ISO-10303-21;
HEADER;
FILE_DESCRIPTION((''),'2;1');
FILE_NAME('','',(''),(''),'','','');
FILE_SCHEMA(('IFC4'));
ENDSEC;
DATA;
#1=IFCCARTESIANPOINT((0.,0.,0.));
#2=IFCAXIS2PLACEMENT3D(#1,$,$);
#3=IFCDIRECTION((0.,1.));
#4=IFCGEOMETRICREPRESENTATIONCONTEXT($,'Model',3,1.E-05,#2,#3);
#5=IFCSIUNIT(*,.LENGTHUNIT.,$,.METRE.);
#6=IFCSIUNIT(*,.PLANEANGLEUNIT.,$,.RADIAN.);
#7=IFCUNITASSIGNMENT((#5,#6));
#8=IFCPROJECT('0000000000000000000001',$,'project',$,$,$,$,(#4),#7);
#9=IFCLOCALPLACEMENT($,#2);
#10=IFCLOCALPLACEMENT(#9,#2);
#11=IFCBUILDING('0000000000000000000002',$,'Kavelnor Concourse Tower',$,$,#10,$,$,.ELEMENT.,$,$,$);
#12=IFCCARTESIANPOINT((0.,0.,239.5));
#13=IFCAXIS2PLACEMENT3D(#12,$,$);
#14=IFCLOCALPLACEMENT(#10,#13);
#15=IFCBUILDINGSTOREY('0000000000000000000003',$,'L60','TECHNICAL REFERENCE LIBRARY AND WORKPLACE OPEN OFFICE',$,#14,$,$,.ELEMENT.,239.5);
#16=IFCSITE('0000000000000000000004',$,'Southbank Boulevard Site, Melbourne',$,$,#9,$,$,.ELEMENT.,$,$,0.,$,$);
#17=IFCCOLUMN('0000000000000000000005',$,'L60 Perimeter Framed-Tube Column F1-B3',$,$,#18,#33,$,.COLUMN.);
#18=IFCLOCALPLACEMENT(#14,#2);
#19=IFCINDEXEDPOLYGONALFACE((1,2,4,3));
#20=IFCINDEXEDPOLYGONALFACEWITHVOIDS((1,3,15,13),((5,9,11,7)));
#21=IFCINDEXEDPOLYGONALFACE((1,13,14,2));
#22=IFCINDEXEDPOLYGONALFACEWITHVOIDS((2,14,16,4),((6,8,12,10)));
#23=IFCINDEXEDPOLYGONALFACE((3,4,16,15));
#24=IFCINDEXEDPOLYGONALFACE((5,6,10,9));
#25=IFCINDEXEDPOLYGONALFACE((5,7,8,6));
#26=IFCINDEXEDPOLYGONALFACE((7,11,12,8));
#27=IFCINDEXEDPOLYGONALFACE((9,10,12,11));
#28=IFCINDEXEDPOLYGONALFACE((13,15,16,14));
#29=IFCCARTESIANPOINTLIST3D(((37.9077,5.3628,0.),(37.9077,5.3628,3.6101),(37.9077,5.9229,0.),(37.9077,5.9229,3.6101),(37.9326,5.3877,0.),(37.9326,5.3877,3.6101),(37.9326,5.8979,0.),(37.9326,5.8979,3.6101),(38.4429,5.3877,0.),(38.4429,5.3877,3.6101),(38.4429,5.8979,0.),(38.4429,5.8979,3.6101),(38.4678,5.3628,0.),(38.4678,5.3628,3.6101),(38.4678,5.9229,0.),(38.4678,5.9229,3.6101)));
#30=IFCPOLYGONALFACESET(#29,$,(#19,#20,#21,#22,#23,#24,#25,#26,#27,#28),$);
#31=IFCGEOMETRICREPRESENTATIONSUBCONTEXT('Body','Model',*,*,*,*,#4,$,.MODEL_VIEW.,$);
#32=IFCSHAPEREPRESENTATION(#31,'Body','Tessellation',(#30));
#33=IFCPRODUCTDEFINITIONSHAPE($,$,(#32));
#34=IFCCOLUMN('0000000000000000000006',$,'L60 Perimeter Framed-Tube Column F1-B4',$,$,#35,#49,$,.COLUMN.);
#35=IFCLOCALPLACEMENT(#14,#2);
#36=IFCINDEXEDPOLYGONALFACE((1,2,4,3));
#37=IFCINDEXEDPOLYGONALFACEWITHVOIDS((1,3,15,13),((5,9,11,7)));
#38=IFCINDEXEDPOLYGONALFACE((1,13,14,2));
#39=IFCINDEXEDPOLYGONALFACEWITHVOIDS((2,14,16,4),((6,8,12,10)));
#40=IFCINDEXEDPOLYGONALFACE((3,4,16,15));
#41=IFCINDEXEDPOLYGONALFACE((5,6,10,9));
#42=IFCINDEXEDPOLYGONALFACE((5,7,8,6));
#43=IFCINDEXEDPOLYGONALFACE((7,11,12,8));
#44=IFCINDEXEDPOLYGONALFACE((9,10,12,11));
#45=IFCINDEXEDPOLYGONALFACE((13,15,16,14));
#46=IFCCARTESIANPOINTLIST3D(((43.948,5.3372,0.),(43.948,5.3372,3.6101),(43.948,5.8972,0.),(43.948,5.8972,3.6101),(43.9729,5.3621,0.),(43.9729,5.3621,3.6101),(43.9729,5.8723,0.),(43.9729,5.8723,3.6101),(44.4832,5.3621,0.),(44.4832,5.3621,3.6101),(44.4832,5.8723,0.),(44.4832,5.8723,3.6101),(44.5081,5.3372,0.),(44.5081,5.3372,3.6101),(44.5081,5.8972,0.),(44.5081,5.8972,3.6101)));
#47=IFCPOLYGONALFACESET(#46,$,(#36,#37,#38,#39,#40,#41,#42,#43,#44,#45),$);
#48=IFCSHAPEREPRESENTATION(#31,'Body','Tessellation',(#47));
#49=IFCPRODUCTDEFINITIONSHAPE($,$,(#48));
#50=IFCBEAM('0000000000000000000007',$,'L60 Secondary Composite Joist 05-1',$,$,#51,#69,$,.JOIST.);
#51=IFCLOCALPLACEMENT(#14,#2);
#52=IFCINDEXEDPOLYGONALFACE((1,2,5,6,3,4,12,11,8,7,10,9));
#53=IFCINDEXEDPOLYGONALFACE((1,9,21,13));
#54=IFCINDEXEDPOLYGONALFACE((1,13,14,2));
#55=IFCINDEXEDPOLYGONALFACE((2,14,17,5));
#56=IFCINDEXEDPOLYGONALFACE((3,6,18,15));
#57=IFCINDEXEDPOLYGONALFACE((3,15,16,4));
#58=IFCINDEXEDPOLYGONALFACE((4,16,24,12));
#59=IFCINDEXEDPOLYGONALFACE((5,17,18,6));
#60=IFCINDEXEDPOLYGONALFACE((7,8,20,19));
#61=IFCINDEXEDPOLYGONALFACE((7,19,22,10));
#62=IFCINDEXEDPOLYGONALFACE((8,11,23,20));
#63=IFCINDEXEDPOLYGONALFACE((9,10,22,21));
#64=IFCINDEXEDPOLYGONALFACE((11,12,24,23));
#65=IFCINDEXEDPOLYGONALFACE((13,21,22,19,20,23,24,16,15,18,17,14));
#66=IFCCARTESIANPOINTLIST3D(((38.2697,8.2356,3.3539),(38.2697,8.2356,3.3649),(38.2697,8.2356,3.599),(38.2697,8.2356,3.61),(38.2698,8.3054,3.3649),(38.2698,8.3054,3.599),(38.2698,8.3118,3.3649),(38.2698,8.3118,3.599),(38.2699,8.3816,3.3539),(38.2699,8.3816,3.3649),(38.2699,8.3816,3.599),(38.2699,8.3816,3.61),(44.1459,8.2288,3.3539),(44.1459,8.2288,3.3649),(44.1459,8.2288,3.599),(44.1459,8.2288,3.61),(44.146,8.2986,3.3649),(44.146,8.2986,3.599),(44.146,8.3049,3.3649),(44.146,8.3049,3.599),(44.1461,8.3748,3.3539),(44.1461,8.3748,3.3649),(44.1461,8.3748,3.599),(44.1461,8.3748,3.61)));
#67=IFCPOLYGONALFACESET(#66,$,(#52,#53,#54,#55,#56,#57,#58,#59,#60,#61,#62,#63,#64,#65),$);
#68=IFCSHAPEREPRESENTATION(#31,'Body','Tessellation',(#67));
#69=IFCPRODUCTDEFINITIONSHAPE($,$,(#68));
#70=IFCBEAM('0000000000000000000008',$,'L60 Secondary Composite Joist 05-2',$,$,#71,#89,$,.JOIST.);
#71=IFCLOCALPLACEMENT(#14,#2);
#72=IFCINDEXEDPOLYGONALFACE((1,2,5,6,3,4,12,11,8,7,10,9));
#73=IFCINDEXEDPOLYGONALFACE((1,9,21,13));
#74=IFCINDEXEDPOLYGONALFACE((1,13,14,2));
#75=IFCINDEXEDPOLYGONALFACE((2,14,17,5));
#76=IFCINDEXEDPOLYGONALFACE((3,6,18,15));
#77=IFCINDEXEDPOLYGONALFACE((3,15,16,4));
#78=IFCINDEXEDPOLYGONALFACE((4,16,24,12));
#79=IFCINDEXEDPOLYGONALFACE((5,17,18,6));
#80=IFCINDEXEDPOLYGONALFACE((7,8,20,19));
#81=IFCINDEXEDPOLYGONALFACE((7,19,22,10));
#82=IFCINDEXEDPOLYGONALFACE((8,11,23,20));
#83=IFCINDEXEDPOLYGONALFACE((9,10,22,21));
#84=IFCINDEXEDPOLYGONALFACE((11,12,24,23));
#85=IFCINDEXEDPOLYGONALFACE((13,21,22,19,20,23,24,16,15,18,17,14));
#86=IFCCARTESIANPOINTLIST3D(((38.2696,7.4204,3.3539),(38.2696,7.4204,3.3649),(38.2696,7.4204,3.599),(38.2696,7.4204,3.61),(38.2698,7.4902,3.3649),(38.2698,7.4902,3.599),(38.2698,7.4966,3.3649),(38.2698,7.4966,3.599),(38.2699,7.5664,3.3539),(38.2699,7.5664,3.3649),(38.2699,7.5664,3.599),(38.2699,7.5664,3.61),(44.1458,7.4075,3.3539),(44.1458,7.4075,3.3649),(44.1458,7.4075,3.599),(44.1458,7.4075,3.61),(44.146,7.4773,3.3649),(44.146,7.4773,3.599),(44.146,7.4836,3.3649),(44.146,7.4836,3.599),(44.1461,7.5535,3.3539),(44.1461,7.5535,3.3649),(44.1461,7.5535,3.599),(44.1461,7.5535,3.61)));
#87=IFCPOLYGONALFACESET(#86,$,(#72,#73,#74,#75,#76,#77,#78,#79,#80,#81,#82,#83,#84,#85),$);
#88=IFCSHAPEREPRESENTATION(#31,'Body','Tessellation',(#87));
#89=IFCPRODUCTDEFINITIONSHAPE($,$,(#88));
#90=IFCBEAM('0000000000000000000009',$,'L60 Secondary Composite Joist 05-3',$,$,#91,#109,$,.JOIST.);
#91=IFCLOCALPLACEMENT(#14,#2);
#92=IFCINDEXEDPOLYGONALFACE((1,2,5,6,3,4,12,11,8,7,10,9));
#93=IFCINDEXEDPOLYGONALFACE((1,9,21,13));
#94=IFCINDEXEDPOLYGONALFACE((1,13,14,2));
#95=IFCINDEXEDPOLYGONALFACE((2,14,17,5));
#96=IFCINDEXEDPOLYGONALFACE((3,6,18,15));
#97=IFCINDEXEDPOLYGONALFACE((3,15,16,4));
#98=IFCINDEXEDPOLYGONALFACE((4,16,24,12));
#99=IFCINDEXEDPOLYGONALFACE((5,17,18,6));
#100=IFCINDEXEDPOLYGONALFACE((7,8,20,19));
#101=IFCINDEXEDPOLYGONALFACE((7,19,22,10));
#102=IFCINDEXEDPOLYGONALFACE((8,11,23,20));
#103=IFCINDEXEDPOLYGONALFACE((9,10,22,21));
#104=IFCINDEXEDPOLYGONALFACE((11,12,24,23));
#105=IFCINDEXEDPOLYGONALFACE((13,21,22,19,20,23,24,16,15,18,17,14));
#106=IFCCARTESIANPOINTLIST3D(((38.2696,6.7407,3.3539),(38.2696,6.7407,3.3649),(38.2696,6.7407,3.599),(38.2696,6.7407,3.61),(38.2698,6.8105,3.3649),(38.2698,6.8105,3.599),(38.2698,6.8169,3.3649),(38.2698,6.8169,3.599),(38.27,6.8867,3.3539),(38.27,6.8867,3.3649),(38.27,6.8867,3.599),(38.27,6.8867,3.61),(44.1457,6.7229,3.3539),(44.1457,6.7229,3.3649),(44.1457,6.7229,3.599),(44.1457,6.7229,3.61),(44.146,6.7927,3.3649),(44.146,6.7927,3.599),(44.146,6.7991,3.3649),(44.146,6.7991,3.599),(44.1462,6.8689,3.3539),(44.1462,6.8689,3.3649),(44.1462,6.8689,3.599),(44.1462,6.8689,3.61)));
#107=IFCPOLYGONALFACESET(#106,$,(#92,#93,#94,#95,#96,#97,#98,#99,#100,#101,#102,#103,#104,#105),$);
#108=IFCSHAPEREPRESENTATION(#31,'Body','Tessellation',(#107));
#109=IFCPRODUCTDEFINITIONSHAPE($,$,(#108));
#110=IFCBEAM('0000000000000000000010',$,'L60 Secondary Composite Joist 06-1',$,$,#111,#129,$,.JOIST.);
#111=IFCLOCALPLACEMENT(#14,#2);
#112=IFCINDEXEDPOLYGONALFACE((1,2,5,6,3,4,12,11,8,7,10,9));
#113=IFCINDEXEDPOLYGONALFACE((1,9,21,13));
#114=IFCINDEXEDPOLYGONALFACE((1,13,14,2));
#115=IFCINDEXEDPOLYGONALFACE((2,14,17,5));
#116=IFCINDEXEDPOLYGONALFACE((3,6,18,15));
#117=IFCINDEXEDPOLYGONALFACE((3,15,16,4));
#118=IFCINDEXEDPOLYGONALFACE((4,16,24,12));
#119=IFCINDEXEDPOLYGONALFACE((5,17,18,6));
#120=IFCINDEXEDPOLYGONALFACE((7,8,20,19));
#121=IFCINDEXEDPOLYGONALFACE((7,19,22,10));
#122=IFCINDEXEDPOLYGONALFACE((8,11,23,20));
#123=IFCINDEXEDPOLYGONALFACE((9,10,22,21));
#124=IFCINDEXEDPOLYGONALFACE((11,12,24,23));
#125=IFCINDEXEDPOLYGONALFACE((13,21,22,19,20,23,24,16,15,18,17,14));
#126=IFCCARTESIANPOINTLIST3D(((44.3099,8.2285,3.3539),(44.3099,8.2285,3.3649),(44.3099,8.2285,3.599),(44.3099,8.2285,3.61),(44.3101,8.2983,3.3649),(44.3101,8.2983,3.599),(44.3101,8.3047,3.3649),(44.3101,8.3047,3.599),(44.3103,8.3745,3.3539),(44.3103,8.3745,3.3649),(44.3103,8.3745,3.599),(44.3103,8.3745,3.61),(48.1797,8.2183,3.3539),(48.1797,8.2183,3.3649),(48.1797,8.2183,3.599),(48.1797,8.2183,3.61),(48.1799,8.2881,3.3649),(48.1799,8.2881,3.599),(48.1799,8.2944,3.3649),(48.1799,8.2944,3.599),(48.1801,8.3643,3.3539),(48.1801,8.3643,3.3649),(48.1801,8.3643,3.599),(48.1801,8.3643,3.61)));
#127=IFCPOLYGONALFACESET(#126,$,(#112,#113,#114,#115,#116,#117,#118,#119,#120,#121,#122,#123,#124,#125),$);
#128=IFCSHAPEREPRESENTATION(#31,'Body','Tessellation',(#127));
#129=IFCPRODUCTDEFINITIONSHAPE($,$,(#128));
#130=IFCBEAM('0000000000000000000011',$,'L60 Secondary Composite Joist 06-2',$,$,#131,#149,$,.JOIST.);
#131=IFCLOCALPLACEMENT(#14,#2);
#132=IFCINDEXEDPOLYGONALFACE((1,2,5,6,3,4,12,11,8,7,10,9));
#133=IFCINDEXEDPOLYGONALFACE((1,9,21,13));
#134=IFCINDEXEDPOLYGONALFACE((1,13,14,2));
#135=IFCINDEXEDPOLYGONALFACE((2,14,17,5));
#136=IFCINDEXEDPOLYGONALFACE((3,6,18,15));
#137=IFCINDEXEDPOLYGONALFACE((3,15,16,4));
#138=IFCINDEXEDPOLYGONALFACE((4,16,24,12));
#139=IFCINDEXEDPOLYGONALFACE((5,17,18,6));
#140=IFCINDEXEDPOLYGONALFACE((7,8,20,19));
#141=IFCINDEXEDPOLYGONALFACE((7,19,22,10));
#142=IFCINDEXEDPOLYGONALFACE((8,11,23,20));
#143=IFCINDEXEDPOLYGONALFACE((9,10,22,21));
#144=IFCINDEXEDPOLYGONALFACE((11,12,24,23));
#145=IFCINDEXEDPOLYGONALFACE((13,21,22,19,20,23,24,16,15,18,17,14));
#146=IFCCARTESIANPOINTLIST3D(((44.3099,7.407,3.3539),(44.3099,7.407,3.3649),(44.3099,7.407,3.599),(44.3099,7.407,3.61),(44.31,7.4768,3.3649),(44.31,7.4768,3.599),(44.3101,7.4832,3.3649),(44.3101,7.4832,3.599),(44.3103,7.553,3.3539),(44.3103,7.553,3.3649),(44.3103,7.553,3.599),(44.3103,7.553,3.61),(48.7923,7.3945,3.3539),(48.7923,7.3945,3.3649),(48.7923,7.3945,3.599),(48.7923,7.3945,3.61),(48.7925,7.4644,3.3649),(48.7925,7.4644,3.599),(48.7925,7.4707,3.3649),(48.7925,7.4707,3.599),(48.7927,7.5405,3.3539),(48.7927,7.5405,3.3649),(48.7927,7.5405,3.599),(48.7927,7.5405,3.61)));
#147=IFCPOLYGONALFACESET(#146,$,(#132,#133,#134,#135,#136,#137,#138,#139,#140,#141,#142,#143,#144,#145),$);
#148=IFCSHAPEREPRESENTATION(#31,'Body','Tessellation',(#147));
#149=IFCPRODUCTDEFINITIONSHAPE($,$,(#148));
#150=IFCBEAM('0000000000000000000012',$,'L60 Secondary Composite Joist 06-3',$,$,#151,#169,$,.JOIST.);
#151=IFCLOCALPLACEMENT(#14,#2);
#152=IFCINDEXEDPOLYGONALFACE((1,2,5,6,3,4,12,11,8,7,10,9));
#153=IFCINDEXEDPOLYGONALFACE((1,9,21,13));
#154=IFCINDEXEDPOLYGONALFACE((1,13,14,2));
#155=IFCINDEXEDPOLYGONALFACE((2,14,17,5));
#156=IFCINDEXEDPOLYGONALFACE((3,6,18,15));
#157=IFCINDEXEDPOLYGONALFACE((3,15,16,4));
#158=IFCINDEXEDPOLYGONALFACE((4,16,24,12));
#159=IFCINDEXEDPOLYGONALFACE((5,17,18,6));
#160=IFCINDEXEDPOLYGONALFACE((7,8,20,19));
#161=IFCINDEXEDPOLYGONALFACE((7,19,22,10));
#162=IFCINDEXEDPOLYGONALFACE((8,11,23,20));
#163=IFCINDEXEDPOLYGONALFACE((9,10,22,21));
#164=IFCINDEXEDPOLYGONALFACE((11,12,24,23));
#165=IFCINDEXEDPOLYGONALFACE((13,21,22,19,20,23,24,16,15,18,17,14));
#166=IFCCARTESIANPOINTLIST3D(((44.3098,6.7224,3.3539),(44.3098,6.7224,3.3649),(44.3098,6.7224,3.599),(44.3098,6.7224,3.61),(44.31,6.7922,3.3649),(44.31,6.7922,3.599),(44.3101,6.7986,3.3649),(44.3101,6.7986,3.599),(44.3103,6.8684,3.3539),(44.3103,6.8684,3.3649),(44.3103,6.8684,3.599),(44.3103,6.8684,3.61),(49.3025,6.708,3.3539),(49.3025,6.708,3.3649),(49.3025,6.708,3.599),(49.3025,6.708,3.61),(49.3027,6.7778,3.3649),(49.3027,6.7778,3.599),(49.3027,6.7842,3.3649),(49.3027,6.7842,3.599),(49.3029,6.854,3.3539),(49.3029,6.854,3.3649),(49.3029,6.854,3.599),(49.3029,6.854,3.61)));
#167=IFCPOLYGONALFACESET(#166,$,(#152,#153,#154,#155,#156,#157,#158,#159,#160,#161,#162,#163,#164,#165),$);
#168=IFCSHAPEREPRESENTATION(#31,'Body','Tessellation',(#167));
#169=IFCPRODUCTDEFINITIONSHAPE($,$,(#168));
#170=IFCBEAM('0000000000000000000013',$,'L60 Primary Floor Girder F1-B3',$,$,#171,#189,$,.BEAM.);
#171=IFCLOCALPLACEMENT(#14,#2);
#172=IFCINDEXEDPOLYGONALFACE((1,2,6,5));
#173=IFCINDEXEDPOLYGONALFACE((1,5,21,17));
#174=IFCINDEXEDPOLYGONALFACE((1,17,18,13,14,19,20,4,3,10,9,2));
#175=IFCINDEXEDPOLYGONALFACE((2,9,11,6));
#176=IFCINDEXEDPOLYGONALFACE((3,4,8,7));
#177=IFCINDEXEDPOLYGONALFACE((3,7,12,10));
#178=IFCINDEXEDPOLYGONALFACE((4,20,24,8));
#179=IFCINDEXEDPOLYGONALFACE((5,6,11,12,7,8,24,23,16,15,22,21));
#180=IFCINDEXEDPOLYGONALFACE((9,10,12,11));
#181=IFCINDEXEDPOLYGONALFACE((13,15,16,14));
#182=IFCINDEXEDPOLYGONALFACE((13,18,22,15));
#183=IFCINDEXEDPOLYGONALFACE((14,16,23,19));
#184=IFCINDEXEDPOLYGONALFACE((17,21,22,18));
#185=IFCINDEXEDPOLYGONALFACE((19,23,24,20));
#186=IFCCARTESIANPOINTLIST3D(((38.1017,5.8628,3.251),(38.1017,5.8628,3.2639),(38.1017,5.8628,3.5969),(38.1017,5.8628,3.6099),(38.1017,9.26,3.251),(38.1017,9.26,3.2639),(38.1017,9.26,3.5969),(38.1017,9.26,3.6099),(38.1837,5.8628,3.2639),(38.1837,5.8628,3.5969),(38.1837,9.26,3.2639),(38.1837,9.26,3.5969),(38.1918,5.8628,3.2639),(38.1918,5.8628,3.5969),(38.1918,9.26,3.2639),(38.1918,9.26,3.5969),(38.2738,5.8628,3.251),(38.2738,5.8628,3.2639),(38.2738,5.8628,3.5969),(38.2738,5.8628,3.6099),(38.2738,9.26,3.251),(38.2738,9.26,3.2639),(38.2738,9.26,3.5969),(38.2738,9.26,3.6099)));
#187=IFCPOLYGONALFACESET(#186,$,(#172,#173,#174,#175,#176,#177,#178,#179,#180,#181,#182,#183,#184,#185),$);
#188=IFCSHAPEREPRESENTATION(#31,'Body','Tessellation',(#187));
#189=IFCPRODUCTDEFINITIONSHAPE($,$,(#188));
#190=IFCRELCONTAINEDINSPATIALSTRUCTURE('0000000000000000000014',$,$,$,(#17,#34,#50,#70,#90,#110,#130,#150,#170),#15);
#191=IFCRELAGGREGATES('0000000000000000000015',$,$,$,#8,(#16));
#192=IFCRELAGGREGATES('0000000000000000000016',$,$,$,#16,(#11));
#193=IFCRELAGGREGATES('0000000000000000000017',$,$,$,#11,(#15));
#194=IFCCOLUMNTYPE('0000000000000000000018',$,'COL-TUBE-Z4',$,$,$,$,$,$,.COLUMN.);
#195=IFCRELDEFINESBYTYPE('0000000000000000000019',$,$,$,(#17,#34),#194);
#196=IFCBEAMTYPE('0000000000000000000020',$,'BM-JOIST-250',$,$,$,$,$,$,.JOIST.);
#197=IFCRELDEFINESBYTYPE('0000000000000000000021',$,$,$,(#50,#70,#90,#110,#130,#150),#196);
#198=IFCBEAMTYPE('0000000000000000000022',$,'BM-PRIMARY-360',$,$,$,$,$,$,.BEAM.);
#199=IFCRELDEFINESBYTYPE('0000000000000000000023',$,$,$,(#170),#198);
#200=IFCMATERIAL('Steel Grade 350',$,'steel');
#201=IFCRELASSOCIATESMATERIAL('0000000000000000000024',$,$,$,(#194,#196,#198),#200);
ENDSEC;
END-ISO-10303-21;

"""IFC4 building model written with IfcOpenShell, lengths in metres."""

from ifc_helpers import new_model, si_unit, direction, frame, origin, origin_2d, place, context, subcontext, project, spatial, hollow_rectangle, i_section, extrude, material, material_profile, profile_set, type_object, element, save


model = new_model("IFC4")

# Units and contexts
model_context = context("Model", 3, precision=1e-05, world=origin(), true_north=direction((0.0, 1.0)))
body_context = subcontext(model_context, "Body", "Model", "MODEL_VIEW")
ifc_project = project(units=[si_unit("LENGTHUNIT", "METRE"), si_unit("PLANEANGLEUNIT", "RADIAN")], contexts=[model_context])

# Site, building, storey
site_placement = place(None, origin())
site = spatial("IfcSite", under=ifc_project, at=site_placement, Name="Southbank Boulevard Site, Melbourne", CompositionType="ELEMENT", RefElevation=0.0)
building_placement = place(site_placement, origin())
building = spatial("IfcBuilding", under=site, at=building_placement, Name="Kavelnor Concourse Tower", CompositionType="ELEMENT")
storey_placement = place(building_placement, frame((0.0, 0.0, 239.5)))
storey = spatial("IfcBuildingStorey", under=building, at=storey_placement, Name="L60", Description="TECHNICAL REFERENCE LIBRARY AND WORKPLACE OPEN OFFICE", CompositionType="ELEMENT", Elevation=239.5)

# Columns
ifc_material_1 = material(Name="Steel Grade 350", Category="steel")
ifc_material_profile_1 = material_profile(ifc_material_1, hollow_rectangle(XDim=0.5601, YDim=0.5601, WallThickness=0.0249, at=origin_2d()), Name="SHS 560x560x25")
ifc_profile_set_1 = profile_set([ifc_material_profile_1], Name="Steel Grade 350")
column_type = type_object("IfcColumnType", Name="COL-TUBE-Z4", PredefinedType="COLUMN", material=ifc_profile_set_1)
for number, where, z_axis, x_axis, name in (
    (1, (38.1877, 5.6428, 0.0), (0.0, 0.0, 1.0), (1.0, 0.0, 0.0), "L60 Perimeter Framed-Tube Column F1-B3"),
    (2, (44.228, 5.6172, 0.0), (0.0, 0.0, 1.0), (1.0, 0.0, 0.0), "L60 Perimeter Framed-Tube Column F1-B4"),
):
    element("IfcColumn", number, at=place(storey_placement, frame(where, z_axis=z_axis, x_axis=x_axis)), inside=storey, type_object=column_type, Name=name, PredefinedType="COLUMN", context=body_context, shape_type="SweptSolid", body=[
        extrude(hollow_rectangle(XDim=0.5601, YDim=0.5601, WallThickness=0.0249, at=origin_2d()), origin(), (0.0, 0.0, 1.0), 3.6101),
    ])

# Beams
ifc_material_profile_2 = material_profile(ifc_material_1, i_section(OverallWidth=0.146, OverallDepth=0.2561, WebThickness=0.0063, FlangeThickness=0.011, at=origin_2d()), Name="250UB37")
ifc_profile_set_2 = profile_set([ifc_material_profile_2], Name="Steel Grade 350")
beam_type_1 = type_object("IfcBeamType", Name="BM-JOIST-250", PredefinedType="JOIST", material=ifc_profile_set_2)
for number, where, z_axis, x_axis, name in (
    (3, (38.2698, 8.3086, 3.4819), (0.999999, -0.001163, 0.0), (0.001163, 0.999999, 0.0), "L60 Secondary Composite Joist 05-1"),
    (4, (38.2698, 7.4934, 3.4819), (0.999998, -0.002202, 0.0), (0.002202, 0.999998, 0.0), "L60 Secondary Composite Joist 05-2"),
    (5, (38.2698, 6.8137, 3.4819), (0.999995, -0.003033, 0.0), (0.003033, 0.999995, 0.0), "L60 Secondary Composite Joist 05-3"),
):
    element("IfcBeam", number, at=place(storey_placement, frame(where, z_axis=z_axis, x_axis=x_axis)), inside=storey, type_object=beam_type_1, Name=name, PredefinedType="JOIST", context=body_context, shape_type="SweptSolid", body=[
        extrude(i_section(OverallWidth=0.146, OverallDepth=0.2561, WebThickness=0.0063, FlangeThickness=0.011, at=origin_2d()), origin(), (0.0, 0.0, 1.0), 5.8762),
    ])
beam_1_placement = place(storey_placement, frame((44.3101, 8.3015, 3.4819), z_axis=(0.999996, -0.00265, 0.0), x_axis=(0.00265, 0.999996, 0.0)))
element("IfcBeam", 6, at=beam_1_placement, inside=storey, type_object=beam_type_1, Name="L60 Secondary Composite Joist 06-1", PredefinedType="JOIST", context=body_context, shape_type="SweptSolid", body=[
    extrude(i_section(OverallWidth=0.146, OverallDepth=0.2561, WebThickness=0.0063, FlangeThickness=0.011, at=origin_2d()), origin(), (0.0, 0.0, 1.0), 3.8699),
])
beam_2_placement = place(storey_placement, frame((44.3101, 7.48, 3.4819), z_axis=(0.999996, -0.002778, 0.0), x_axis=(0.002778, 0.999996, 0.0)))
element("IfcBeam", 7, at=beam_2_placement, inside=storey, type_object=beam_type_1, Name="L60 Secondary Composite Joist 06-2", PredefinedType="JOIST", context=body_context, shape_type="SweptSolid", body=[
    extrude(i_section(OverallWidth=0.146, OverallDepth=0.2561, WebThickness=0.0063, FlangeThickness=0.011, at=origin_2d()), origin(), (0.0, 0.0, 1.0), 4.4824),
])
beam_3_placement = place(storey_placement, frame((44.3101, 6.7954, 3.4819), z_axis=(0.999996, -0.002885, 0.0), x_axis=(0.002885, 0.999996, 0.0)))
element("IfcBeam", 8, at=beam_3_placement, inside=storey, type_object=beam_type_1, Name="L60 Secondary Composite Joist 06-3", PredefinedType="JOIST", context=body_context, shape_type="SweptSolid", body=[
    extrude(i_section(OverallWidth=0.146, OverallDepth=0.2561, WebThickness=0.0063, FlangeThickness=0.011, at=origin_2d()), origin(), (0.0, 0.0, 1.0), 4.9927),
])
ifc_material_profile_3 = material_profile(ifc_material_1, i_section(OverallWidth=0.1721, OverallDepth=0.3589, WebThickness=0.0081, FlangeThickness=0.0129, at=origin_2d()), Name="360UB56")
ifc_profile_set_3 = profile_set([ifc_material_profile_3], Name="Steel Grade 350")
beam_type_2 = type_object("IfcBeamType", Name="BM-PRIMARY-360", PredefinedType="BEAM", material=ifc_profile_set_3)
beam_4_placement = place(storey_placement, frame((38.1877, 9.26, 3.4304), z_axis=(0.0, -1.0, 0.0), x_axis=(1.0, 0.0, 0.0)))
element("IfcBeam", 9, at=beam_4_placement, inside=storey, type_object=beam_type_2, Name="L60 Primary Floor Girder F1-B3", PredefinedType="BEAM", context=body_context, shape_type="SweptSolid", body=[
    extrude(i_section(OverallWidth=0.1721, OverallDepth=0.3589, WebThickness=0.0081, FlangeThickness=0.0129, at=origin_2d()), origin(), (0.0, 0.0, 1.0), 3.3972),
])

save(model, "model.ifc")
